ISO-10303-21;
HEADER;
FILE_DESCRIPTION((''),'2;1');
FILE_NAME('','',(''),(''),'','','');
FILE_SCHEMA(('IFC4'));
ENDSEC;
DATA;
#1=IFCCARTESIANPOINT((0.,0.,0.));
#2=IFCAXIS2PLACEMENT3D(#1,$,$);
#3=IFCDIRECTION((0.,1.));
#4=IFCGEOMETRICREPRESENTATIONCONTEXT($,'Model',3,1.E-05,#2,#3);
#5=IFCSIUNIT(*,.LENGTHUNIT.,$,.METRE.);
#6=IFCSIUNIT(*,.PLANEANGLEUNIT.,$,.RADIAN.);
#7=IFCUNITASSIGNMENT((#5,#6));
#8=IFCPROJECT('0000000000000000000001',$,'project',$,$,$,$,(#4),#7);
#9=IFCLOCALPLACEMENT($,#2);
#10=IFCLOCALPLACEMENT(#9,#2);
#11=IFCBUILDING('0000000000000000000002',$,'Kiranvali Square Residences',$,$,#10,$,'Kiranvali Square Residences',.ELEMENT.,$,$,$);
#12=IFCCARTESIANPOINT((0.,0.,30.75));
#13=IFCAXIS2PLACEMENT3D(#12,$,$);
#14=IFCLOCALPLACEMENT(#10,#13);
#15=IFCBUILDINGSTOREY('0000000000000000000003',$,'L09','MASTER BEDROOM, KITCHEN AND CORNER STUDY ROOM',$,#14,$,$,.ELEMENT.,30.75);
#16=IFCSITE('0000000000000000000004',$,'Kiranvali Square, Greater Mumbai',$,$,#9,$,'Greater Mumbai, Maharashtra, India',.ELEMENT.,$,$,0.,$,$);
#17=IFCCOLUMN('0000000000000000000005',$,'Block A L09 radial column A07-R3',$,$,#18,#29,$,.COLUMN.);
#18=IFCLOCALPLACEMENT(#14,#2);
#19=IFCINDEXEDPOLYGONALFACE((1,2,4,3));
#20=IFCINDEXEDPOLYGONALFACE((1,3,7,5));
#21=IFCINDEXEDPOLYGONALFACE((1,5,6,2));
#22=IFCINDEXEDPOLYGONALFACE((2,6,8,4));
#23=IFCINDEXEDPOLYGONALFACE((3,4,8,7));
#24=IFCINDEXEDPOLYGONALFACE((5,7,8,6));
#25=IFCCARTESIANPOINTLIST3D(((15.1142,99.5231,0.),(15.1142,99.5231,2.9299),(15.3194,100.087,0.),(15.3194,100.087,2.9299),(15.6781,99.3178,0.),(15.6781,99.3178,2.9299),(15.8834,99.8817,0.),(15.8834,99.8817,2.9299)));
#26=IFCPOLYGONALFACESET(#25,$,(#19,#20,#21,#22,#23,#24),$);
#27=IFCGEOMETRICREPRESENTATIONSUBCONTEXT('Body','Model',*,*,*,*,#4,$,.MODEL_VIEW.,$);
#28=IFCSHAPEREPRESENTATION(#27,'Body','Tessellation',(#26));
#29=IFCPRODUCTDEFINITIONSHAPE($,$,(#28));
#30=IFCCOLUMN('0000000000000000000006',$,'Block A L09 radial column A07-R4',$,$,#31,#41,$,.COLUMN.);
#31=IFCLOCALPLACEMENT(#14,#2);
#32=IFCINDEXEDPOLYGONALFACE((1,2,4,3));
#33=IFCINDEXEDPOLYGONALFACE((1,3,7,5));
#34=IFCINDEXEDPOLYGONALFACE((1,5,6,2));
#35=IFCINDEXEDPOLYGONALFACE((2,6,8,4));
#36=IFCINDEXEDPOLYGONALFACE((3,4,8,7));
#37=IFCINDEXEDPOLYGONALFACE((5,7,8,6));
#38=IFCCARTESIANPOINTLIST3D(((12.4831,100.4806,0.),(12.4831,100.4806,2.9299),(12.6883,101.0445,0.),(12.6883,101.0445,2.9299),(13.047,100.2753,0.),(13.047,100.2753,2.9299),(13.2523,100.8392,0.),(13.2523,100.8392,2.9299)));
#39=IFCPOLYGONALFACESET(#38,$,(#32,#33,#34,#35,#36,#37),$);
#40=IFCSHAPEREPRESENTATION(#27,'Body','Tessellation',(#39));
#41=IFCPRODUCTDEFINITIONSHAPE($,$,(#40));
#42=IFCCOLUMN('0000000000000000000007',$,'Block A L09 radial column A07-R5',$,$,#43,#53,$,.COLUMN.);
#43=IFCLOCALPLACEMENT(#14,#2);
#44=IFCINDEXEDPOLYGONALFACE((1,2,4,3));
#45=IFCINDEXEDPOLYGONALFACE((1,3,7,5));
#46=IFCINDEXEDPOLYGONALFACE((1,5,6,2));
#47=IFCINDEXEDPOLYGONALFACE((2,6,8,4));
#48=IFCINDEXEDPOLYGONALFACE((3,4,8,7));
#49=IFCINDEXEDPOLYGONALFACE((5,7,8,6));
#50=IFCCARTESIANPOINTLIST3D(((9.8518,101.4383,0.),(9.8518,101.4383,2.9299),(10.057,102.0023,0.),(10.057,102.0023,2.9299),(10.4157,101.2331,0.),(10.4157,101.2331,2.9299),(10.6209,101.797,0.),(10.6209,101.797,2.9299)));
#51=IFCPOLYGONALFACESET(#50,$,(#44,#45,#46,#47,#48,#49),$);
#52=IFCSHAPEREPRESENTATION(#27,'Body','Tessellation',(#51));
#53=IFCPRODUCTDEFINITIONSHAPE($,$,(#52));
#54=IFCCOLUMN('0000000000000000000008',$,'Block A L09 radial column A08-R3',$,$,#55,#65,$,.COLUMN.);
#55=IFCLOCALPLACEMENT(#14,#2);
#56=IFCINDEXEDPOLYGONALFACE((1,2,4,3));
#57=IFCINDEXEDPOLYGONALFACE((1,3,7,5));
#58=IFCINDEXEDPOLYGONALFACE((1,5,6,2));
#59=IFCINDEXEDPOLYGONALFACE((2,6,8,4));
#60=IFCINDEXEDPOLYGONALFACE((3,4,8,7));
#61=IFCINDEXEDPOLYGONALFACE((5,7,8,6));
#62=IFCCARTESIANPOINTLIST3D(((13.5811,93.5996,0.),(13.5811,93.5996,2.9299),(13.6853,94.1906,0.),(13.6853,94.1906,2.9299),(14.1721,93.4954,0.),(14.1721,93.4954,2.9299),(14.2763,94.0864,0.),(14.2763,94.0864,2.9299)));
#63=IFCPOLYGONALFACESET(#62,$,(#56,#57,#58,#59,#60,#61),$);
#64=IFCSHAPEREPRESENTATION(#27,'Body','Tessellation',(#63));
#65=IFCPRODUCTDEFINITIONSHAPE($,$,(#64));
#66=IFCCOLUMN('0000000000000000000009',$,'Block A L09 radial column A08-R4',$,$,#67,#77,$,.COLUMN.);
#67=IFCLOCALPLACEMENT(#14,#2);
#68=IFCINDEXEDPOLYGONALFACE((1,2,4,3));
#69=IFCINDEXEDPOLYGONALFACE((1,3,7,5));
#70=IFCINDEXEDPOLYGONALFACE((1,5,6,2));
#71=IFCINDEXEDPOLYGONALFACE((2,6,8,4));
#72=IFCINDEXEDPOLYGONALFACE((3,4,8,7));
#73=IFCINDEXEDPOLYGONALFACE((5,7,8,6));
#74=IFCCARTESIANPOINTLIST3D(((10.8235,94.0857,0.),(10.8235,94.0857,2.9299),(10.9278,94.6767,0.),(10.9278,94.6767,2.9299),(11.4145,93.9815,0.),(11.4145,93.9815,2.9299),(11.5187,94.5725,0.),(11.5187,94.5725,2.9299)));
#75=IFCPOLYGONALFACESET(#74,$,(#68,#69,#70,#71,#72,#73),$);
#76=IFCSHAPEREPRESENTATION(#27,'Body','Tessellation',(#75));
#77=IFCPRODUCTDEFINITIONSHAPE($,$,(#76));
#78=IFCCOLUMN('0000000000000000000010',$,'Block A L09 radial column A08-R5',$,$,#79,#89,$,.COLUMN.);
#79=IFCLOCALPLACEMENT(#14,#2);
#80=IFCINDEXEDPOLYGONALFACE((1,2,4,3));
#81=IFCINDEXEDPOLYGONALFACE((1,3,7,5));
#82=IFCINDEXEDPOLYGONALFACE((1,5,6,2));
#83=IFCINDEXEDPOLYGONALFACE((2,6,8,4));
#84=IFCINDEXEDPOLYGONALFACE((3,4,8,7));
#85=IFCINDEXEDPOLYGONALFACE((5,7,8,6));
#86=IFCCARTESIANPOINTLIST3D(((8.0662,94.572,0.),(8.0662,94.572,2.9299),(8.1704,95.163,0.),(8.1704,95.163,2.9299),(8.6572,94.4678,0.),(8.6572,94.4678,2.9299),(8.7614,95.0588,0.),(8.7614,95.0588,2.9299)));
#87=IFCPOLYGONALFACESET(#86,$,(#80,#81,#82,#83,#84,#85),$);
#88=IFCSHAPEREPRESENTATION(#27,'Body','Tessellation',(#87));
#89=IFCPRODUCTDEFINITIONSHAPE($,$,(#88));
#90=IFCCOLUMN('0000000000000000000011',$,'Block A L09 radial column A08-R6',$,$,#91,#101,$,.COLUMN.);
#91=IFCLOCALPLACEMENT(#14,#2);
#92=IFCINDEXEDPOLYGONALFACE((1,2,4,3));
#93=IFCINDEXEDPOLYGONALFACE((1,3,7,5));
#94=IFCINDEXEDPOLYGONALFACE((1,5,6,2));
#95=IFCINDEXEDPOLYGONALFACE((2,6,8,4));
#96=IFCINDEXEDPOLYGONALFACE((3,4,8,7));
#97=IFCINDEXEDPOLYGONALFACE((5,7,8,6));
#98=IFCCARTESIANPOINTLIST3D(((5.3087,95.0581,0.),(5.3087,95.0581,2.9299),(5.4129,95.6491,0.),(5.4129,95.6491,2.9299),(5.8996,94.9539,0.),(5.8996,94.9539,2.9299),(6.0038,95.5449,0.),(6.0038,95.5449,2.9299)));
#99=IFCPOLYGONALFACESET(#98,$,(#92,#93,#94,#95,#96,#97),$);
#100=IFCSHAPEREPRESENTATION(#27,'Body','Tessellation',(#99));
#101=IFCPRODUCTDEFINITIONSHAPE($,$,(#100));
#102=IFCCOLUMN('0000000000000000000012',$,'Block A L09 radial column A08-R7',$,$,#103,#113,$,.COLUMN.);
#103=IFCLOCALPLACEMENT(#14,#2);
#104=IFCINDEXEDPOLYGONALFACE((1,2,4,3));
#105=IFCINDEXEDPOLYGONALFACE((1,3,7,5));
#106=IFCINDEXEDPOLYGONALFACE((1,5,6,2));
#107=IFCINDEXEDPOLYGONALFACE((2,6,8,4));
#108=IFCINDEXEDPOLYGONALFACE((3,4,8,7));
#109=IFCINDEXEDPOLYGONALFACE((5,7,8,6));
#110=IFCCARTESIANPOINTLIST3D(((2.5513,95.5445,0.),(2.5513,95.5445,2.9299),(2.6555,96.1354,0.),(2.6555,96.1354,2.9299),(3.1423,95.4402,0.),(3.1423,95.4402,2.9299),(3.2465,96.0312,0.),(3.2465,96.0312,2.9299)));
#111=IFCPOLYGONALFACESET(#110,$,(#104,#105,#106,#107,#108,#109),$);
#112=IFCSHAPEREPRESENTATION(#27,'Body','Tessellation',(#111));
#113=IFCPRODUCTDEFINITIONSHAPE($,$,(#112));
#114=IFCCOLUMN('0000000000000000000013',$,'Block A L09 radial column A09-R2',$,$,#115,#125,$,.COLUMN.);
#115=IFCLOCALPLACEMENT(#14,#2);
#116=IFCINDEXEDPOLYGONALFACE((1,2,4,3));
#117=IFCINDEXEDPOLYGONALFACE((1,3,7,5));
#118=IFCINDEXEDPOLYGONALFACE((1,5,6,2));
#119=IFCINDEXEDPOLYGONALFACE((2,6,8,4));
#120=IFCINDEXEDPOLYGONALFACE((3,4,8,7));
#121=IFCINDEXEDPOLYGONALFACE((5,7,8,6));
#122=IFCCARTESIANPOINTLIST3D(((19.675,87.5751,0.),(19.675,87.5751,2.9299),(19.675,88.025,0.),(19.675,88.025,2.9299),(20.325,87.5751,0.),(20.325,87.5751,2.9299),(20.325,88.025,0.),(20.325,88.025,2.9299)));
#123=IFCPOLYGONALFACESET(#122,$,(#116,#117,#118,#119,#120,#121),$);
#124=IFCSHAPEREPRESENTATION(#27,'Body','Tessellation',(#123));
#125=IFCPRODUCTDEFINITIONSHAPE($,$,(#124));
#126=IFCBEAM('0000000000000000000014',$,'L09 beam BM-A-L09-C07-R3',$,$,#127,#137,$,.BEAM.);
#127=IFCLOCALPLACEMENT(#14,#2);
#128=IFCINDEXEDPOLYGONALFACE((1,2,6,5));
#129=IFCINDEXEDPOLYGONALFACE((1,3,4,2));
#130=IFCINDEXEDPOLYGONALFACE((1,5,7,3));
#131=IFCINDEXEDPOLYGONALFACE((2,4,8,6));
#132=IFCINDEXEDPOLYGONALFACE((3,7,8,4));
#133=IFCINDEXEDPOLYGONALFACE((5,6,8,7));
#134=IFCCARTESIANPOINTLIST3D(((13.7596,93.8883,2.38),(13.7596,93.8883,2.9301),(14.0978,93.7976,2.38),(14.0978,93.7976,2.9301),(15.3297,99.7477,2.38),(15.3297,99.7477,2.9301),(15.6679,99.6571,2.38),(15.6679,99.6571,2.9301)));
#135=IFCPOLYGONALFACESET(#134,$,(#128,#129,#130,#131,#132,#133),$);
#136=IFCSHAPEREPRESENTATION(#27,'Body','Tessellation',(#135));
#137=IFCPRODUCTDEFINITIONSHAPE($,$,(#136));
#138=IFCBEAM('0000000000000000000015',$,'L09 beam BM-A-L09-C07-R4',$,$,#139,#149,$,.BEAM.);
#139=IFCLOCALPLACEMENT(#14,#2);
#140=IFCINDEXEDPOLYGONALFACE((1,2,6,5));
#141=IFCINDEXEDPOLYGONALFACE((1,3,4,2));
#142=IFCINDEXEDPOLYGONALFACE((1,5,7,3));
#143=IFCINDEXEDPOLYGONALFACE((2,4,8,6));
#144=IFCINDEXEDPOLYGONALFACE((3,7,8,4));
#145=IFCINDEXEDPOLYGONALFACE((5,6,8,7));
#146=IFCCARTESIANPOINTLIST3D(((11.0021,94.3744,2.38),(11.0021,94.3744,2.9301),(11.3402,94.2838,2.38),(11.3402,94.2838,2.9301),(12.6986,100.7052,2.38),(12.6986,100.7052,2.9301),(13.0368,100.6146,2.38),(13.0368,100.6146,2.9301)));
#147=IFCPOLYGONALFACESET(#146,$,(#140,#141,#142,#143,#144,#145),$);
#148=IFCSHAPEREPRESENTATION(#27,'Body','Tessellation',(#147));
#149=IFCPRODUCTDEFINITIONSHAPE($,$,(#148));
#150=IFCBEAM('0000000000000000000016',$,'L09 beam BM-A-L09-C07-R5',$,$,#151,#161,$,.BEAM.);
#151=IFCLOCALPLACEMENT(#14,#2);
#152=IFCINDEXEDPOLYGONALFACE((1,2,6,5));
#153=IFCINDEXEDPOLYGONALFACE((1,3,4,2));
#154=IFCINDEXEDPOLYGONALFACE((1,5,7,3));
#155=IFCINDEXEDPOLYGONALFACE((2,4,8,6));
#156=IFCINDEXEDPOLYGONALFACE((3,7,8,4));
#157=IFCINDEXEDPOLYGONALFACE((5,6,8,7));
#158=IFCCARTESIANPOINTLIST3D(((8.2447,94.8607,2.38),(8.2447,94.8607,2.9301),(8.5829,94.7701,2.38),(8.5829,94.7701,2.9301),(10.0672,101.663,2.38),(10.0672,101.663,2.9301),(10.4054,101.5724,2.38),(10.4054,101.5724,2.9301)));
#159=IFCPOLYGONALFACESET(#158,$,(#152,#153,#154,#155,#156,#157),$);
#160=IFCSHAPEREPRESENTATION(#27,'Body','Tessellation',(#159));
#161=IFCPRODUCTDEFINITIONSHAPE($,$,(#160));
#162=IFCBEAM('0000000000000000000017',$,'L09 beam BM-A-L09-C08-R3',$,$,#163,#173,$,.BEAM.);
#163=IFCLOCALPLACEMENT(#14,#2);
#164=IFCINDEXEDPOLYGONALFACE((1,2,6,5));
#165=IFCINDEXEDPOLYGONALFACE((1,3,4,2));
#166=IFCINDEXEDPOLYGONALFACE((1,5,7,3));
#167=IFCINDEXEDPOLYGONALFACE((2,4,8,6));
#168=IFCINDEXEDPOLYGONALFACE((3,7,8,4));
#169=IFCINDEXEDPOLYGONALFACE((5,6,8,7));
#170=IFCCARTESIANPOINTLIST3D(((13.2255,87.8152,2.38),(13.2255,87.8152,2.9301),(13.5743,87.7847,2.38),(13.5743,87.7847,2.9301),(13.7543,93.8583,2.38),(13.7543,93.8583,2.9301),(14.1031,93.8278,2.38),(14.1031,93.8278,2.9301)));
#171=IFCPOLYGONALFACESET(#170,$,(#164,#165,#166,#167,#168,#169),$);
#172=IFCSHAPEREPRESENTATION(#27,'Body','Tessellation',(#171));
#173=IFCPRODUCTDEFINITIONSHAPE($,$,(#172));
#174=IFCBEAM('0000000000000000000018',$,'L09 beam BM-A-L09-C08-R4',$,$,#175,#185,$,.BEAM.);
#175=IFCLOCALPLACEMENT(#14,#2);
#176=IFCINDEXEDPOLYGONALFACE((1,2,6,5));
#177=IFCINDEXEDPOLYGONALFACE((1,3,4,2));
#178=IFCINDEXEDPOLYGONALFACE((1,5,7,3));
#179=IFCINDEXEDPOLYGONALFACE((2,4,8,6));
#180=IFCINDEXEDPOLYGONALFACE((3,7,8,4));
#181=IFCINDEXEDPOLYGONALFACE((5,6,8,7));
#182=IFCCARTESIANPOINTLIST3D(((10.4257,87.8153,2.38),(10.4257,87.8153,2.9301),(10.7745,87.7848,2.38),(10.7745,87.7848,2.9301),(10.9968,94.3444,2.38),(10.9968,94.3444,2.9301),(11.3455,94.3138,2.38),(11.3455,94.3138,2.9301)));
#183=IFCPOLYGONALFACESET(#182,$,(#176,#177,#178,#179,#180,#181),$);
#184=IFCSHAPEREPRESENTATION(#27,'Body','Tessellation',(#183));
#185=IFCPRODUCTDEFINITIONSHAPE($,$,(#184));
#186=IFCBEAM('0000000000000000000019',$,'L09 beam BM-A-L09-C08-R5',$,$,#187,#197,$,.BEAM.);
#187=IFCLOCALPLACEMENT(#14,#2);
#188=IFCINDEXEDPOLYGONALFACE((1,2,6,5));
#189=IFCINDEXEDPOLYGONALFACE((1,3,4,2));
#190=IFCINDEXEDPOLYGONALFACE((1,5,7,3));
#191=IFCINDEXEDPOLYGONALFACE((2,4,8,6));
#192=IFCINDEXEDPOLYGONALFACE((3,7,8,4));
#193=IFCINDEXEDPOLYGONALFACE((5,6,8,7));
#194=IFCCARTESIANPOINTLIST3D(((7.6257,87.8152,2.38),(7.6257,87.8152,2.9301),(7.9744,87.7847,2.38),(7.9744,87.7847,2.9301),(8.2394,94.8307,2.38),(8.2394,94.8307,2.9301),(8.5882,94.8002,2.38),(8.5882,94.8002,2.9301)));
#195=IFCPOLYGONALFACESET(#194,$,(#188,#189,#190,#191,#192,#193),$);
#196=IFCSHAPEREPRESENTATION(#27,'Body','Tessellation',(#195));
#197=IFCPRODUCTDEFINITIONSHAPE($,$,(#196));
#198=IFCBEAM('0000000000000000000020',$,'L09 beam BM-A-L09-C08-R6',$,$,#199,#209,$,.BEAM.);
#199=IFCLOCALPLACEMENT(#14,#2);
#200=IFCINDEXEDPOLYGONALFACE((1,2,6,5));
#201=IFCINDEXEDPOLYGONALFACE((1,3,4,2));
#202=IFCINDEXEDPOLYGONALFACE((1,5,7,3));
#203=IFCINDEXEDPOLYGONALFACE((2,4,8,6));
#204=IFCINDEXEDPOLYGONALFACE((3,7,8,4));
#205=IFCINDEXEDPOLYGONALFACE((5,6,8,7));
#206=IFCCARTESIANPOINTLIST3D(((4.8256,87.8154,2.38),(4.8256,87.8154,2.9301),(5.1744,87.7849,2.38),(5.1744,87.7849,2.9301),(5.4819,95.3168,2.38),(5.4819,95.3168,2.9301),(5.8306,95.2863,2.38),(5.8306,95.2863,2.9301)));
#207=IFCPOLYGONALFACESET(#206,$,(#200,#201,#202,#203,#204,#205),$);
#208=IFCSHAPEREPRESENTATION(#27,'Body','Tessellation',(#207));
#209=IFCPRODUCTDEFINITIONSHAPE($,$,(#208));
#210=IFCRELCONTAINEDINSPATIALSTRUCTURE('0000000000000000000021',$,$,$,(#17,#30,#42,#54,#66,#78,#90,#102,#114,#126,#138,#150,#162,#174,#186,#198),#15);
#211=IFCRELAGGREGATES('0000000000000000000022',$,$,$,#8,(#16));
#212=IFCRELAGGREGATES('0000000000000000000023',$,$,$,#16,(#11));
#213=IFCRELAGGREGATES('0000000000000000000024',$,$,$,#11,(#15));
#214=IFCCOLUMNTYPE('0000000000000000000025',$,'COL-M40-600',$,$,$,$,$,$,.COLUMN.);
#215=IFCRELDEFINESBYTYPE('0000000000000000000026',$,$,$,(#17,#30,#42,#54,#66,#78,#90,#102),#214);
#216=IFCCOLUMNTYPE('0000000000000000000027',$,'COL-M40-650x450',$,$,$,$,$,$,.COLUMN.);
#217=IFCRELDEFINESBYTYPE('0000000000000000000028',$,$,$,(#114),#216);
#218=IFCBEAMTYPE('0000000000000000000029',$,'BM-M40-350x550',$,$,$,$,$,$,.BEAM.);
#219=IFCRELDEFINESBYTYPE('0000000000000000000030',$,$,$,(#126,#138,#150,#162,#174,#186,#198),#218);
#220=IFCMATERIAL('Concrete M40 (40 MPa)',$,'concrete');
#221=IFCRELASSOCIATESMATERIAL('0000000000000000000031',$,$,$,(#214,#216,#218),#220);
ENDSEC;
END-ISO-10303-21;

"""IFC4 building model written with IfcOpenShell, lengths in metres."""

from ifc_helpers import new_model, si_unit, direction, frame, origin, origin_2d, place, context, subcontext, project, spatial, rectangle, extrude, material, material_profile, profile_set, type_object, element, save


model = new_model("IFC4")

# Units and contexts
model_context = context("Model", 3, precision=1e-05, world=origin(), true_north=direction((0.0, 1.0)))
body_context = subcontext(model_context, "Body", "Model", "MODEL_VIEW")
ifc_project = project(units=[si_unit("LENGTHUNIT", "METRE"), si_unit("PLANEANGLEUNIT", "RADIAN")], contexts=[model_context])

# Site, building, storey
site_placement = place(None, origin())
site = spatial("IfcSite", under=ifc_project, at=site_placement, Name="Kiranvali Square, Greater Mumbai", LongName="Greater Mumbai, Maharashtra, India", CompositionType="ELEMENT", RefElevation=0.0)
building_placement = place(site_placement, origin())
building = spatial("IfcBuilding", under=site, at=building_placement, Name="Kiranvali Square Residences", LongName="Kiranvali Square Residences", CompositionType="ELEMENT")
storey_placement = place(building_placement, frame((0.0, 0.0, 30.75)))
storey = spatial("IfcBuildingStorey", under=building, at=storey_placement, Name="L09", Description="MASTER BEDROOM, KITCHEN AND CORNER STUDY ROOM", CompositionType="ELEMENT", Elevation=30.75)

# Columns
ifc_material_1 = material(Name="Concrete M40 (40 MPa)", Category="concrete")
ifc_material_profile_1 = material_profile(ifc_material_1, rectangle(XDim=0.6001, YDim=0.6001, at=origin_2d()), Name="RC 600x600")
ifc_profile_set_1 = profile_set([ifc_material_profile_1], Name="Concrete M40 (40 MPa)")
column_type_1 = type_object("IfcColumnType", Name="COL-M40-600", PredefinedType="COLUMN", material=ifc_profile_set_1)
for number, where, z_axis, x_axis, name in (
    (1, (15.4988, 99.7024, 0.0), (0.0, 0.0, 1.0), (0.34202, 0.939693, 0.0), "Block A L09 radial column A07-R3"),
    (2, (12.8677, 100.6599, 0.0), (0.0, 0.0, 1.0), (0.34202, 0.939693, 0.0), "Block A L09 radial column A07-R4"),
    (3, (10.2363, 101.6177, 0.0), (0.0, 0.0, 1.0), (0.34202, 0.939693, 0.0), "Block A L09 radial column A07-R5"),
    (4, (13.9287, 93.843, 0.0), (0.0, 0.0, 1.0), (0.173648, 0.984808, 0.0), "Block A L09 radial column A08-R3"),
    (5, (11.1711, 94.3291, 0.0), (0.0, 0.0, 1.0), (0.173648, 0.984808, 0.0), "Block A L09 radial column A08-R4"),
    (6, (8.4138, 94.8154, 0.0), (0.0, 0.0, 1.0), (0.173648, 0.984808, 0.0), "Block A L09 radial column A08-R5"),
    (7, (5.6562, 95.3015, 0.0), (0.0, 0.0, 1.0), (0.173648, 0.984808, 0.0), "Block A L09 radial column A08-R6"),
    (8, (2.8989, 95.7878, 0.0), (0.0, 0.0, 1.0), (0.173648, 0.984808, 0.0), "Block A L09 radial column A08-R7"),
):
    element("IfcColumn", number, at=place(storey_placement, frame(where, z_axis=z_axis, x_axis=x_axis)), inside=storey, type_object=column_type_1, Name=name, PredefinedType="COLUMN", context=body_context, shape_type="SweptSolid", body=[
        extrude(rectangle(XDim=0.6001, YDim=0.6001, at=origin_2d()), origin(), (0.0, 0.0, 1.0), 2.9299),
    ])
ifc_material_profile_2 = material_profile(ifc_material_1, rectangle(XDim=0.45, YDim=0.6499, at=origin_2d()), Name="RC 650x450")
ifc_profile_set_2 = profile_set([ifc_material_profile_2], Name="Concrete M40 (40 MPa)")
column_type_2 = type_object("IfcColumnType", Name="COL-M40-650x450", PredefinedType="COLUMN", material=ifc_profile_set_2)
column_placement = place(storey_placement, frame((20.0, 87.8, 0.0), z_axis=(0.0, 0.0, 1.0), x_axis=(0.0, 1.0, 0.0)))
element("IfcColumn", 9, at=column_placement, inside=storey, type_object=column_type_2, Name="Block A L09 radial column A09-R2", PredefinedType="COLUMN", context=body_context, shape_type="SweptSolid", body=[
    extrude(rectangle(XDim=0.45, YDim=0.6499, at=origin_2d()), origin(), (0.0, 0.0, 1.0), 2.9299),
])

# Beams
ifc_material_profile_3 = material_profile(ifc_material_1, rectangle(XDim=0.3501, YDim=0.55, at=origin_2d()), Name="RC 350x550")
ifc_profile_set_3 = profile_set([ifc_material_profile_3], Name="Concrete M40 (40 MPa)")
beam_type_1 = type_object("IfcBeamType", Name="BM-M40-350x550", PredefinedType="BEAM", material=ifc_profile_set_3)
beam_1_placement = place(storey_placement, frame((15.4988, 99.7024, 2.655), z_axis=(-0.258827, -0.965924, 0.0), x_axis=(0.965924, -0.258827, 0.0)))
element("IfcBeam", 10, at=beam_1_placement, inside=storey, type_object=beam_type_1, Name="L09 beam BM-A-L09-C07-R3", PredefinedType="BEAM", context=body_context, shape_type="SweptSolid", body=[
    extrude(rectangle(XDim=0.3501, YDim=0.55, at=origin_2d()), origin(), (0.0, 0.0, 1.0), 6.0662),
])
beam_2_placement = place(storey_placement, frame((12.8677, 100.6599, 2.655), z_axis=(-0.258847, -0.965918, 0.0), x_axis=(0.965918, -0.258847, 0.0)))
element("IfcBeam", 11, at=beam_2_placement, inside=storey, type_object=beam_type_1, Name="L09 beam BM-A-L09-C07-R4", PredefinedType="BEAM", context=body_context, shape_type="SweptSolid", body=[
    extrude(rectangle(XDim=0.3501, YDim=0.55, at=origin_2d()), origin(), (0.0, 0.0, 1.0), 6.5542),
])
beam_3_placement = place(storey_placement, frame((10.2363, 101.6177, 2.655), z_axis=(-0.2588, -0.965931, 0.0), x_axis=(0.965931, -0.2588, 0.0)))
element("IfcBeam", 12, at=beam_3_placement, inside=storey, type_object=beam_type_1, Name="L09 beam BM-A-L09-C07-R5", PredefinedType="BEAM", context=body_context, shape_type="SweptSolid", body=[
    extrude(rectangle(XDim=0.3501, YDim=0.55, at=origin_2d()), origin(), (0.0, 0.0, 1.0), 7.0422),
])
beam_4_placement = place(storey_placement, frame((13.9287, 93.843, 2.655), z_axis=(-0.087175, -0.996193, 0.0), x_axis=(0.996193, -0.087175, 0.0)))
element("IfcBeam", 13, at=beam_4_placement, inside=storey, type_object=beam_type_1, Name="L09 beam BM-A-L09-C08-R3", PredefinedType="BEAM", context=body_context, shape_type="SweptSolid", body=[
    extrude(rectangle(XDim=0.3501, YDim=0.55, at=origin_2d()), origin(), (0.0, 0.0, 1.0), 6.0662),
])
beam_5_placement = place(storey_placement, frame((11.1711, 94.3291, 2.655), z_axis=(-0.08713, -0.996197, 0.0), x_axis=(0.996197, -0.08713, 0.0)))
element("IfcBeam", 14, at=beam_5_placement, inside=storey, type_object=beam_type_1, Name="L09 beam BM-A-L09-C08-R4", PredefinedType="BEAM", context=body_context, shape_type="SweptSolid", body=[
    extrude(rectangle(XDim=0.3501, YDim=0.55, at=origin_2d()), origin(), (0.0, 0.0, 1.0), 6.554),
])
beam_6_placement = place(storey_placement, frame((8.4138, 94.8154, 2.655), z_axis=(-0.087156, -0.996195, 0.0), x_axis=(0.996195, -0.087156, 0.0)))
element("IfcBeam", 15, at=beam_6_placement, inside=storey, type_object=beam_type_1, Name="L09 beam BM-A-L09-C08-R5", PredefinedType="BEAM", context=body_context, shape_type="SweptSolid", body=[
    extrude(rectangle(XDim=0.3501, YDim=0.55, at=origin_2d()), origin(), (0.0, 0.0, 1.0), 7.0422),
])
beam_7_placement = place(storey_placement, frame((5.6562, 95.3015, 2.655), z_axis=(-0.08715, -0.996195, 0.0), x_axis=(0.996195, -0.08715, 0.0)))
element("IfcBeam", 16, at=beam_7_placement, inside=storey, type_object=beam_type_1, Name="L09 beam BM-A-L09-C08-R6", PredefinedType="BEAM", context=body_context, shape_type="SweptSolid", body=[
    extrude(rectangle(XDim=0.3501, YDim=0.55, at=origin_2d()), origin(), (0.0, 0.0, 1.0), 7.53),
])

save(model, "model.ifc")
